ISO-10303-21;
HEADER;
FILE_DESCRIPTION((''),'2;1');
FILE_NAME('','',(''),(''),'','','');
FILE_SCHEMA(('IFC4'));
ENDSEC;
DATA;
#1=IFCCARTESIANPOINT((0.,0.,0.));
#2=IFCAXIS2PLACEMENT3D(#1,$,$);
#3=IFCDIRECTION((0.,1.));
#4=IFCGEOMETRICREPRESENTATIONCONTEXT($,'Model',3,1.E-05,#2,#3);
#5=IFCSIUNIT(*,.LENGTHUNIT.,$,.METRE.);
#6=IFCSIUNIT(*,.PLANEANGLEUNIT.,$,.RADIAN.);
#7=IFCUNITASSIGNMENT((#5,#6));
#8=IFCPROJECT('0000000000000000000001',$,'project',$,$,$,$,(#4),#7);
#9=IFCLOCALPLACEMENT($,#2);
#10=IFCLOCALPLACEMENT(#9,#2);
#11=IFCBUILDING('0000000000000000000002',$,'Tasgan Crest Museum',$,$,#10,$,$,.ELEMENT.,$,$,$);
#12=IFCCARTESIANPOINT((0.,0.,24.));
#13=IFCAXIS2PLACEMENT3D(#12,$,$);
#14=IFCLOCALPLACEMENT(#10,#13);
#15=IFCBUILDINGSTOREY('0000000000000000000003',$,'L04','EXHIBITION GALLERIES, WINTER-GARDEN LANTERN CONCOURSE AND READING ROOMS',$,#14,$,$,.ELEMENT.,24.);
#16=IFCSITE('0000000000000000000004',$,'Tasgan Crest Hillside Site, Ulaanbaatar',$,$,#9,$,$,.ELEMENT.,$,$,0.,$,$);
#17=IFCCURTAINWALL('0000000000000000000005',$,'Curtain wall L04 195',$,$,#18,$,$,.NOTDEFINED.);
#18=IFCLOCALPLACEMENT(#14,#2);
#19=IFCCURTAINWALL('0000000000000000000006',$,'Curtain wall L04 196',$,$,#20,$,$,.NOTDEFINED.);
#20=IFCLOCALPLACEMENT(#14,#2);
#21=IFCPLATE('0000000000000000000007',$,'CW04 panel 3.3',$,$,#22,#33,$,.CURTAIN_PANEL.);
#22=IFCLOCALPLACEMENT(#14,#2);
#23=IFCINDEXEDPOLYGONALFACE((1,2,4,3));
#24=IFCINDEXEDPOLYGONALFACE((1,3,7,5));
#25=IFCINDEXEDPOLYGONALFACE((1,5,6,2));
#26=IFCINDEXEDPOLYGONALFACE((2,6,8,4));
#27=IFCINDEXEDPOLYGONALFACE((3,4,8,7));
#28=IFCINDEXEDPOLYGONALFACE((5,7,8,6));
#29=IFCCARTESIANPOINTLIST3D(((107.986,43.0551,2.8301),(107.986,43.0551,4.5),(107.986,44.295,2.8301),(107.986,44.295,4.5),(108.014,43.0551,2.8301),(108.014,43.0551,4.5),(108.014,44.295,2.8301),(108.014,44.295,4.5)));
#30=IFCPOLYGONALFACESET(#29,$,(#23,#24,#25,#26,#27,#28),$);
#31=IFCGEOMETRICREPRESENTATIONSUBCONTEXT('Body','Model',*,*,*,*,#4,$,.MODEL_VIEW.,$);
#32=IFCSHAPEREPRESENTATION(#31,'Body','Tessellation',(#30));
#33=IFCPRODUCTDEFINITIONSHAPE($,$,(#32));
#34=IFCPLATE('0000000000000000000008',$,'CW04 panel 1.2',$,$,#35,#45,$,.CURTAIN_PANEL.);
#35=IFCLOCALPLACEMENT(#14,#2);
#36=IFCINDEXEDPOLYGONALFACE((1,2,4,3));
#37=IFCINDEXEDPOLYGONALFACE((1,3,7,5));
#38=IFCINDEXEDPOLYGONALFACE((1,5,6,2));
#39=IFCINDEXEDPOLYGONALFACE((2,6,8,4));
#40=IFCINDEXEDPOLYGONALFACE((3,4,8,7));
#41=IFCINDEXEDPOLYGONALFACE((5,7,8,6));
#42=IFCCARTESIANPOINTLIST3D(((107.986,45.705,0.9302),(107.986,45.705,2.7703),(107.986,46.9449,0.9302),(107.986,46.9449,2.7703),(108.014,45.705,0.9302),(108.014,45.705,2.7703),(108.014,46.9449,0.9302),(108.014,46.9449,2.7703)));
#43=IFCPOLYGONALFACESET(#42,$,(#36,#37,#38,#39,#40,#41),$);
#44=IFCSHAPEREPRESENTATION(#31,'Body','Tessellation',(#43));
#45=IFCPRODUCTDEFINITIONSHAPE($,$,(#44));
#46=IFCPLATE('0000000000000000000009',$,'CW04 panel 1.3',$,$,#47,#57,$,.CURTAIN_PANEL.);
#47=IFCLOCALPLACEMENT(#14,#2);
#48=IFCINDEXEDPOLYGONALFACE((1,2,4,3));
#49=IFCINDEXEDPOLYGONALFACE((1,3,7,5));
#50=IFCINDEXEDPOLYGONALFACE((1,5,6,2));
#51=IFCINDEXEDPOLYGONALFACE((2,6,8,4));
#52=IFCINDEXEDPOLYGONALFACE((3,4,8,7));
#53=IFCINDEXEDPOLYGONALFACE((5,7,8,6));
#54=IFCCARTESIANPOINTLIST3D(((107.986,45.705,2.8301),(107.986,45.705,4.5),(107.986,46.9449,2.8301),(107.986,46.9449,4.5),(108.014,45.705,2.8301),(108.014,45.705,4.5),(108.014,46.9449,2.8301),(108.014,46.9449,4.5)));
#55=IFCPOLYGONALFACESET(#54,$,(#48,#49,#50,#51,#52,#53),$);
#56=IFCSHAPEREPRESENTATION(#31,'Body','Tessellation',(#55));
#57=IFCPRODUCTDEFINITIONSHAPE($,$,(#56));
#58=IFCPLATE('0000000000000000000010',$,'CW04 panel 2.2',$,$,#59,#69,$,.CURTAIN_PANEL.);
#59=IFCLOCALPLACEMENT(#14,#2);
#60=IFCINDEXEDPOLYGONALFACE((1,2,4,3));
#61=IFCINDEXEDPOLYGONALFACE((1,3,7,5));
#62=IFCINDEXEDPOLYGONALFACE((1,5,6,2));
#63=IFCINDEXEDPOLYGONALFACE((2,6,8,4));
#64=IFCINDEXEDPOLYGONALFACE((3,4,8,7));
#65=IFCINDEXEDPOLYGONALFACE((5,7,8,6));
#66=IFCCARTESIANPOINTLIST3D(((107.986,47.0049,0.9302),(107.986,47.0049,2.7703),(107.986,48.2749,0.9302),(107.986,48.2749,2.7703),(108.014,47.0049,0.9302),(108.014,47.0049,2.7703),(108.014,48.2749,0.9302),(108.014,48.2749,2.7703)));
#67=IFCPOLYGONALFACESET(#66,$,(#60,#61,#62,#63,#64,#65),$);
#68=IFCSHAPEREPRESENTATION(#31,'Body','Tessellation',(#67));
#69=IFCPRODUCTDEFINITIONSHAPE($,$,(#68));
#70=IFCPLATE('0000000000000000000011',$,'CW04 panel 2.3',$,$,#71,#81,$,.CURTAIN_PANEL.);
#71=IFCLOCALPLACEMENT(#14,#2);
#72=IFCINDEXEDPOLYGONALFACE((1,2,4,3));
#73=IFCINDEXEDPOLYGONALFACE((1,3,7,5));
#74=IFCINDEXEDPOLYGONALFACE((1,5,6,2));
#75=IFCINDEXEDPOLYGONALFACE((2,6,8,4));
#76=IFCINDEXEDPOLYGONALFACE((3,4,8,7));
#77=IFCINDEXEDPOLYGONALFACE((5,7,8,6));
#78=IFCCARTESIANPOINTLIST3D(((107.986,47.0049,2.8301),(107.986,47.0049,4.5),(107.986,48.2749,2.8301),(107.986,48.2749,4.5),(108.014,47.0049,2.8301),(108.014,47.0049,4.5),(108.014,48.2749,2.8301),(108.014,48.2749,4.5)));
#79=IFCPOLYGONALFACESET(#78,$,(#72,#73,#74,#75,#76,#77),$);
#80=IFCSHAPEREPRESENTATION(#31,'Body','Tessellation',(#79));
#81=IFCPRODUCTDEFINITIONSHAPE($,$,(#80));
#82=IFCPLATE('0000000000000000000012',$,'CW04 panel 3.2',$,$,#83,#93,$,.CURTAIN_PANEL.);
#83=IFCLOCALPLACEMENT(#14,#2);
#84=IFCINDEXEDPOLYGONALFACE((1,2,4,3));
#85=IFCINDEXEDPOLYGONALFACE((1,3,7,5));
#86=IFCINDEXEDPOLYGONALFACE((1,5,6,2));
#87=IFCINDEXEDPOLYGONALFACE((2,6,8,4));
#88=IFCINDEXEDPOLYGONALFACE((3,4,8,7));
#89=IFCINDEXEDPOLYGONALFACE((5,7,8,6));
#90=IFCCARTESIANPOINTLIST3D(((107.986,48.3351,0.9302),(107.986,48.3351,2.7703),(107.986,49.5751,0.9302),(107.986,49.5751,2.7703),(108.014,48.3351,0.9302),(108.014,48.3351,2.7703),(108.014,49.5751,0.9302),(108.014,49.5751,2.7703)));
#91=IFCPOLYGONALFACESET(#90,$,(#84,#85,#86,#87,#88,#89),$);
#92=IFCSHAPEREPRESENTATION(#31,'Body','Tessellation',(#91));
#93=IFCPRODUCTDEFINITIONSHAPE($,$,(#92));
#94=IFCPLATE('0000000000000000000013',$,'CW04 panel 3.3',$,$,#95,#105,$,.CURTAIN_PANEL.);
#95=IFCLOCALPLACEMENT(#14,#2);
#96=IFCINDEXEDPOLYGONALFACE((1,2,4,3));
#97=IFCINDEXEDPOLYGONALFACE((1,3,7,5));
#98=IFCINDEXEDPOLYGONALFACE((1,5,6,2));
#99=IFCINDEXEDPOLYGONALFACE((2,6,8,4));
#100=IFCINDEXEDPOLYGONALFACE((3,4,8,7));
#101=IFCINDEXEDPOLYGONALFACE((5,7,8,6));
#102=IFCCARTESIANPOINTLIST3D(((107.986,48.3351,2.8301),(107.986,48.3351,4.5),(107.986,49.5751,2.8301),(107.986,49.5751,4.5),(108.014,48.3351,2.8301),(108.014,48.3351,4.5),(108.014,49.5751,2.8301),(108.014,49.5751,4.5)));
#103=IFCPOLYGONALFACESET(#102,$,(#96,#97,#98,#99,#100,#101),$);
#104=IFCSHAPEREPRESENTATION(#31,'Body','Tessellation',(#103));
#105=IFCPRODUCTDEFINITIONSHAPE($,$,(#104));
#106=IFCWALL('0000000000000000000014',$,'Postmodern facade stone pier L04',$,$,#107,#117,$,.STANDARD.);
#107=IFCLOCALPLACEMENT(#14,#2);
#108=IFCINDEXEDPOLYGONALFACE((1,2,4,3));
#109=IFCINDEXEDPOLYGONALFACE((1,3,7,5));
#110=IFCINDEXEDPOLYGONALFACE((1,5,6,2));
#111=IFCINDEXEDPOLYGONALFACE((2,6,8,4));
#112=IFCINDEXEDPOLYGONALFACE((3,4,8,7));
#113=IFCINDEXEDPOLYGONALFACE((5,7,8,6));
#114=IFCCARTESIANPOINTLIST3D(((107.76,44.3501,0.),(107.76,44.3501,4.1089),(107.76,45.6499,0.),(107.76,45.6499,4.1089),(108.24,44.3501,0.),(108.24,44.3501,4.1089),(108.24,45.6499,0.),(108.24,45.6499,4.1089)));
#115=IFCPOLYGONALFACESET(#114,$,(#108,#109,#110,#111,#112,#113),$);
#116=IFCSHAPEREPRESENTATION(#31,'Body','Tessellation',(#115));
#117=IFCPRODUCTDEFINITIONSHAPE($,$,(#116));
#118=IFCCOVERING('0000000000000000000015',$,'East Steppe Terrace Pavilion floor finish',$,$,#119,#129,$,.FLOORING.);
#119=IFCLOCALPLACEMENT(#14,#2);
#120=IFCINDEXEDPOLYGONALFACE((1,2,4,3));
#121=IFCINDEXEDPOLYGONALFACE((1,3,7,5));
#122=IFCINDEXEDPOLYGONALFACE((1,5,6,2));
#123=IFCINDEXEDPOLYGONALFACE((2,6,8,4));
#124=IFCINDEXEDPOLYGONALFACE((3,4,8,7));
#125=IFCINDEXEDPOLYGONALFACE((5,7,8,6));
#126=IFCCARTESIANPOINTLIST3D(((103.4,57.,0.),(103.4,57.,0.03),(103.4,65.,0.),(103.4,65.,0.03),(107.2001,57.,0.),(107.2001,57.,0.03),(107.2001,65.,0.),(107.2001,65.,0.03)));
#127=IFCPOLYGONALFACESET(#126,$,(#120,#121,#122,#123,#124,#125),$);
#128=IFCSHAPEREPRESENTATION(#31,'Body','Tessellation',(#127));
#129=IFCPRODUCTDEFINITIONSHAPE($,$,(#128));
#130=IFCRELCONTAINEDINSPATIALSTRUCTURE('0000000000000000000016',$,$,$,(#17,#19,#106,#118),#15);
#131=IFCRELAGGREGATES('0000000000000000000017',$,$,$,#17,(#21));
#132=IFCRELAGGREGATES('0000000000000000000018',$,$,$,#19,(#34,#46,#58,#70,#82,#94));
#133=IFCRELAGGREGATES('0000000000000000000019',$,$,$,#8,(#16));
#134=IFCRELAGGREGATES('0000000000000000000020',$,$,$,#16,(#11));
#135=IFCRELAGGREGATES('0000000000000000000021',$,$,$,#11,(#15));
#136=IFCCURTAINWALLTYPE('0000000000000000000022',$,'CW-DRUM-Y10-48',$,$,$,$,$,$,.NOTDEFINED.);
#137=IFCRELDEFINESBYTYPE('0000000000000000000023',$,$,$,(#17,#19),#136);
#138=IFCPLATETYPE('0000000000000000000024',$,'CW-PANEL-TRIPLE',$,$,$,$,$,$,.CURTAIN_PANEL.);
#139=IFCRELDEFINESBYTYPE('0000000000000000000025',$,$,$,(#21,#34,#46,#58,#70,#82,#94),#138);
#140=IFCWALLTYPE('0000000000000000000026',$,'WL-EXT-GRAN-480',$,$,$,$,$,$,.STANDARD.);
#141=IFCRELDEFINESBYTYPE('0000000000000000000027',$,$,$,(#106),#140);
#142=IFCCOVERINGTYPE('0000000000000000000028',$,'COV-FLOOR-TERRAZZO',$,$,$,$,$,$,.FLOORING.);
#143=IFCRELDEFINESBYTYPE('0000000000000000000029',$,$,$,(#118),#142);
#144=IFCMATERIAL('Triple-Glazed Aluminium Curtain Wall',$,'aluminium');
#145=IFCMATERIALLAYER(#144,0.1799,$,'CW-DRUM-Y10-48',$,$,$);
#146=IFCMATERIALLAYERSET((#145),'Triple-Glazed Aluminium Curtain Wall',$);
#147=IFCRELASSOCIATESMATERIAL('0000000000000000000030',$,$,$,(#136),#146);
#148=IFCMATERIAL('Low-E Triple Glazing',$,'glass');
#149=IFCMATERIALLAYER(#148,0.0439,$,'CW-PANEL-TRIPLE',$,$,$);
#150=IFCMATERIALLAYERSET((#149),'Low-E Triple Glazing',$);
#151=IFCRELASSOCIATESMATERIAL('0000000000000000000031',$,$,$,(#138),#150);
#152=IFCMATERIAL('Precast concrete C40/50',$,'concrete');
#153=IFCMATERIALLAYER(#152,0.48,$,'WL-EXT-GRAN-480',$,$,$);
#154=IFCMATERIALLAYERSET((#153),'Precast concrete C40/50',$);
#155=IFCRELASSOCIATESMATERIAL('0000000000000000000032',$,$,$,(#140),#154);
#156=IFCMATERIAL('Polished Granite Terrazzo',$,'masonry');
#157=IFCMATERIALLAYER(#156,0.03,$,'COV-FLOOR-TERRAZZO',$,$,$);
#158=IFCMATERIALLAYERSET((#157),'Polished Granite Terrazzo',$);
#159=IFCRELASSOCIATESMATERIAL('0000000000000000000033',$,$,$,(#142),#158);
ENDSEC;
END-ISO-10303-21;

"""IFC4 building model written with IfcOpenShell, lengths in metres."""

from ifc_helpers import new_model, si_unit, direction, frame, frame_2d, origin, origin_2d, place, context, subcontext, project, spatial, rectangle, extrude, material, layer, layer_set, type_object, element, aggregate, save


model = new_model("IFC4")

# Units and contexts
model_context = context("Model", 3, precision=1e-05, world=origin(), true_north=direction((0.0, 1.0)))
body_context = subcontext(model_context, "Body", "Model", "MODEL_VIEW")
ifc_project = project(units=[si_unit("LENGTHUNIT", "METRE"), si_unit("PLANEANGLEUNIT", "RADIAN")], contexts=[model_context])

# Site, building, storey
site_placement = place(None, origin())
site = spatial("IfcSite", under=ifc_project, at=site_placement, Name="Tasgan Crest Hillside Site, Ulaanbaatar", CompositionType="ELEMENT", RefElevation=0.0)
building_placement = place(site_placement, origin())
building = spatial("IfcBuilding", under=site, at=building_placement, Name="Tasgan Crest Museum", CompositionType="ELEMENT")
storey_placement = place(building_placement, frame((0.0, 0.0, 24.0)))
storey = spatial("IfcBuildingStorey", under=building, at=storey_placement, Name="L04", Description="EXHIBITION GALLERIES, WINTER-GARDEN LANTERN CONCOURSE AND READING ROOMS", CompositionType="ELEMENT", Elevation=24.0)

# Curtain wall
ifc_material_1 = material(Name="Triple-Glazed Aluminium Curtain Wall", Category="aluminium")
ifc_layer_1 = layer(ifc_material_1, 0.1799, Name="CW-DRUM-Y10-48")
ifc_layer_set_1 = layer_set([ifc_layer_1], Name="Triple-Glazed Aluminium Curtain Wall")
curtain_wall_type = type_object("IfcCurtainWallType", Name="CW-DRUM-Y10-48", PredefinedType="NOTDEFINED", material=ifc_layer_set_1)
curtain_wall_1_placement = place(storey_placement, origin())
curtain_wall_1 = element("IfcCurtainWall", 1, at=curtain_wall_1_placement, inside=storey, type_object=curtain_wall_type, Name="Curtain wall L04 195", PredefinedType="NOTDEFINED")

# Curtain wall
curtain_wall_2_placement = place(storey_placement, origin())
curtain_wall_2 = element("IfcCurtainWall", 2, at=curtain_wall_2_placement, inside=storey, type_object=curtain_wall_type, Name="Curtain wall L04 196", PredefinedType="NOTDEFINED")

# Plates
ifc_material_2 = material(Name="Low-E Triple Glazing", Category="glass")
ifc_layer_2 = layer(ifc_material_2, 0.0439, Name="CW-PANEL-TRIPLE")
ifc_layer_set_2 = layer_set([ifc_layer_2], Name="Low-E Triple Glazing")
plate_type_1 = type_object("IfcPlateType", Name="CW-PANEL-TRIPLE", PredefinedType="CURTAIN_PANEL", material=ifc_layer_set_2)
plate_1_placement = place(storey_placement, frame((108.0, 43.675, 2.8301), z_axis=(0.0, 0.0, 1.0), x_axis=(0.0, 1.0, 0.0)))
plate_1 = element("IfcPlate", 3, at=plate_1_placement, type_object=plate_type_1, Name="CW04 panel 3.3", PredefinedType="CURTAIN_PANEL", context=body_context, shape_type="SweptSolid", body=[
    extrude(rectangle(XDim=1.24, YDim=0.0281, at=origin_2d()), origin(), (0.0, 0.0, 1.0), 1.6699),
])
aggregate(curtain_wall_1, [plate_1])
plate_2_placement = place(storey_placement, frame((108.0, 46.325, 0.9302), z_axis=(0.0, 0.0, 1.0), x_axis=(0.0, 1.0, 0.0)))
plate_2 = element("IfcPlate", 4, at=plate_2_placement, type_object=plate_type_1, Name="CW04 panel 1.2", PredefinedType="CURTAIN_PANEL", context=body_context, shape_type="SweptSolid", body=[
    extrude(rectangle(XDim=1.24, YDim=0.0281, at=origin_2d()), origin(), (0.0, 0.0, 1.0), 1.8401),
])
plate_3_placement = place(storey_placement, frame((108.0, 46.325, 2.8301), z_axis=(0.0, 0.0, 1.0), x_axis=(0.0, 1.0, 0.0)))
plate_3 = element("IfcPlate", 5, at=plate_3_placement, type_object=plate_type_1, Name="CW04 panel 1.3", PredefinedType="CURTAIN_PANEL", context=body_context, shape_type="SweptSolid", body=[
    extrude(rectangle(XDim=1.24, YDim=0.0281, at=origin_2d()), origin(), (0.0, 0.0, 1.0), 1.6699),
])
plate_4_placement = place(storey_placement, frame((108.0, 47.6399, 0.9302), z_axis=(0.0, 0.0, 1.0), x_axis=(0.0, 1.0, 0.0)))
plate_4 = element("IfcPlate", 6, at=plate_4_placement, type_object=plate_type_1, Name="CW04 panel 2.2", PredefinedType="CURTAIN_PANEL", context=body_context, shape_type="SweptSolid", body=[
    extrude(rectangle(XDim=1.27, YDim=0.0281, at=origin_2d()), origin(), (0.0, 0.0, 1.0), 1.8401),
])
plate_5_placement = place(storey_placement, frame((108.0, 47.6399, 2.8301), z_axis=(0.0, 0.0, 1.0), x_axis=(0.0, 1.0, 0.0)))
plate_5 = element("IfcPlate", 7, at=plate_5_placement, type_object=plate_type_1, Name="CW04 panel 2.3", PredefinedType="CURTAIN_PANEL", context=body_context, shape_type="SweptSolid", body=[
    extrude(rectangle(XDim=1.27, YDim=0.0281, at=origin_2d()), origin(), (0.0, 0.0, 1.0), 1.6699),
])
plate_6_placement = place(storey_placement, frame((108.0, 48.9551, 0.9302), z_axis=(0.0, 0.0, 1.0), x_axis=(0.0, 1.0, 0.0)))
plate_6 = element("IfcPlate", 8, at=plate_6_placement, type_object=plate_type_1, Name="CW04 panel 3.2", PredefinedType="CURTAIN_PANEL", context=body_context, shape_type="SweptSolid", body=[
    extrude(rectangle(XDim=1.24, YDim=0.0281, at=origin_2d()), origin(), (0.0, 0.0, 1.0), 1.8401),
])
plate_7_placement = place(storey_placement, frame((108.0, 48.9551, 2.8301), z_axis=(0.0, 0.0, 1.0), x_axis=(0.0, 1.0, 0.0)))
plate_7 = element("IfcPlate", 9, at=plate_7_placement, type_object=plate_type_1, Name="CW04 panel 3.3", PredefinedType="CURTAIN_PANEL", context=body_context, shape_type="SweptSolid", body=[
    extrude(rectangle(XDim=1.24, YDim=0.0281, at=origin_2d()), origin(), (0.0, 0.0, 1.0), 1.6699),
])
aggregate(curtain_wall_2, [plate_2, plate_3, plate_4, plate_5, plate_6, plate_7])

# Wall
ifc_material_3 = material(Name="Precast concrete C40/50", Category="concrete")
ifc_layer_3 = layer(ifc_material_3, 0.48, Name="WL-EXT-GRAN-480")
ifc_layer_set_3 = layer_set([ifc_layer_3], Name="Precast concrete C40/50")
wall_type = type_object("IfcWallType", Name="WL-EXT-GRAN-480", PredefinedType="STANDARD", material=ifc_layer_set_3)
wall_placement = place(storey_placement, frame((108.0, 44.3501, 0.0), z_axis=(0.0, 0.0, 1.0), x_axis=(0.0, 1.0, 0.0)))
element("IfcWall", 10, at=wall_placement, inside=storey, type_object=wall_type, Name="Postmodern facade stone pier L04", PredefinedType="STANDARD", context=body_context, shape_type="SweptSolid", body=[
    extrude(rectangle(XDim=1.2998, YDim=0.48, at=frame_2d((0.6499, 0.0))), origin(), (0.0, 0.0, 1.0), 4.1089),
])

# Covering
ifc_material_4 = material(Name="Polished Granite Terrazzo", Category="masonry")
ifc_layer_4 = layer(ifc_material_4, 0.03, Name="COV-FLOOR-TERRAZZO")
ifc_layer_set_4 = layer_set([ifc_layer_4], Name="Polished Granite Terrazzo")
covering_type = type_object("IfcCoveringType", Name="COV-FLOOR-TERRAZZO", PredefinedType="FLOORING", material=ifc_layer_set_4)
covering_placement = place(storey_placement, frame((105.3, 61.0, 0.0), z_axis=(0.0, 0.0, 1.0), x_axis=(1.0, 0.0, 0.0)))
element("IfcCovering", 11, at=covering_placement, inside=storey, type_object=covering_type, Name="East Steppe Terrace Pavilion floor finish", PredefinedType="FLOORING", context=body_context, shape_type="SweptSolid", body=[
    extrude(rectangle(XDim=3.8, YDim=8.0, at=origin_2d()), origin(), (0.0, 0.0, 1.0), 0.03),
])

save(model, "model.ifc")
